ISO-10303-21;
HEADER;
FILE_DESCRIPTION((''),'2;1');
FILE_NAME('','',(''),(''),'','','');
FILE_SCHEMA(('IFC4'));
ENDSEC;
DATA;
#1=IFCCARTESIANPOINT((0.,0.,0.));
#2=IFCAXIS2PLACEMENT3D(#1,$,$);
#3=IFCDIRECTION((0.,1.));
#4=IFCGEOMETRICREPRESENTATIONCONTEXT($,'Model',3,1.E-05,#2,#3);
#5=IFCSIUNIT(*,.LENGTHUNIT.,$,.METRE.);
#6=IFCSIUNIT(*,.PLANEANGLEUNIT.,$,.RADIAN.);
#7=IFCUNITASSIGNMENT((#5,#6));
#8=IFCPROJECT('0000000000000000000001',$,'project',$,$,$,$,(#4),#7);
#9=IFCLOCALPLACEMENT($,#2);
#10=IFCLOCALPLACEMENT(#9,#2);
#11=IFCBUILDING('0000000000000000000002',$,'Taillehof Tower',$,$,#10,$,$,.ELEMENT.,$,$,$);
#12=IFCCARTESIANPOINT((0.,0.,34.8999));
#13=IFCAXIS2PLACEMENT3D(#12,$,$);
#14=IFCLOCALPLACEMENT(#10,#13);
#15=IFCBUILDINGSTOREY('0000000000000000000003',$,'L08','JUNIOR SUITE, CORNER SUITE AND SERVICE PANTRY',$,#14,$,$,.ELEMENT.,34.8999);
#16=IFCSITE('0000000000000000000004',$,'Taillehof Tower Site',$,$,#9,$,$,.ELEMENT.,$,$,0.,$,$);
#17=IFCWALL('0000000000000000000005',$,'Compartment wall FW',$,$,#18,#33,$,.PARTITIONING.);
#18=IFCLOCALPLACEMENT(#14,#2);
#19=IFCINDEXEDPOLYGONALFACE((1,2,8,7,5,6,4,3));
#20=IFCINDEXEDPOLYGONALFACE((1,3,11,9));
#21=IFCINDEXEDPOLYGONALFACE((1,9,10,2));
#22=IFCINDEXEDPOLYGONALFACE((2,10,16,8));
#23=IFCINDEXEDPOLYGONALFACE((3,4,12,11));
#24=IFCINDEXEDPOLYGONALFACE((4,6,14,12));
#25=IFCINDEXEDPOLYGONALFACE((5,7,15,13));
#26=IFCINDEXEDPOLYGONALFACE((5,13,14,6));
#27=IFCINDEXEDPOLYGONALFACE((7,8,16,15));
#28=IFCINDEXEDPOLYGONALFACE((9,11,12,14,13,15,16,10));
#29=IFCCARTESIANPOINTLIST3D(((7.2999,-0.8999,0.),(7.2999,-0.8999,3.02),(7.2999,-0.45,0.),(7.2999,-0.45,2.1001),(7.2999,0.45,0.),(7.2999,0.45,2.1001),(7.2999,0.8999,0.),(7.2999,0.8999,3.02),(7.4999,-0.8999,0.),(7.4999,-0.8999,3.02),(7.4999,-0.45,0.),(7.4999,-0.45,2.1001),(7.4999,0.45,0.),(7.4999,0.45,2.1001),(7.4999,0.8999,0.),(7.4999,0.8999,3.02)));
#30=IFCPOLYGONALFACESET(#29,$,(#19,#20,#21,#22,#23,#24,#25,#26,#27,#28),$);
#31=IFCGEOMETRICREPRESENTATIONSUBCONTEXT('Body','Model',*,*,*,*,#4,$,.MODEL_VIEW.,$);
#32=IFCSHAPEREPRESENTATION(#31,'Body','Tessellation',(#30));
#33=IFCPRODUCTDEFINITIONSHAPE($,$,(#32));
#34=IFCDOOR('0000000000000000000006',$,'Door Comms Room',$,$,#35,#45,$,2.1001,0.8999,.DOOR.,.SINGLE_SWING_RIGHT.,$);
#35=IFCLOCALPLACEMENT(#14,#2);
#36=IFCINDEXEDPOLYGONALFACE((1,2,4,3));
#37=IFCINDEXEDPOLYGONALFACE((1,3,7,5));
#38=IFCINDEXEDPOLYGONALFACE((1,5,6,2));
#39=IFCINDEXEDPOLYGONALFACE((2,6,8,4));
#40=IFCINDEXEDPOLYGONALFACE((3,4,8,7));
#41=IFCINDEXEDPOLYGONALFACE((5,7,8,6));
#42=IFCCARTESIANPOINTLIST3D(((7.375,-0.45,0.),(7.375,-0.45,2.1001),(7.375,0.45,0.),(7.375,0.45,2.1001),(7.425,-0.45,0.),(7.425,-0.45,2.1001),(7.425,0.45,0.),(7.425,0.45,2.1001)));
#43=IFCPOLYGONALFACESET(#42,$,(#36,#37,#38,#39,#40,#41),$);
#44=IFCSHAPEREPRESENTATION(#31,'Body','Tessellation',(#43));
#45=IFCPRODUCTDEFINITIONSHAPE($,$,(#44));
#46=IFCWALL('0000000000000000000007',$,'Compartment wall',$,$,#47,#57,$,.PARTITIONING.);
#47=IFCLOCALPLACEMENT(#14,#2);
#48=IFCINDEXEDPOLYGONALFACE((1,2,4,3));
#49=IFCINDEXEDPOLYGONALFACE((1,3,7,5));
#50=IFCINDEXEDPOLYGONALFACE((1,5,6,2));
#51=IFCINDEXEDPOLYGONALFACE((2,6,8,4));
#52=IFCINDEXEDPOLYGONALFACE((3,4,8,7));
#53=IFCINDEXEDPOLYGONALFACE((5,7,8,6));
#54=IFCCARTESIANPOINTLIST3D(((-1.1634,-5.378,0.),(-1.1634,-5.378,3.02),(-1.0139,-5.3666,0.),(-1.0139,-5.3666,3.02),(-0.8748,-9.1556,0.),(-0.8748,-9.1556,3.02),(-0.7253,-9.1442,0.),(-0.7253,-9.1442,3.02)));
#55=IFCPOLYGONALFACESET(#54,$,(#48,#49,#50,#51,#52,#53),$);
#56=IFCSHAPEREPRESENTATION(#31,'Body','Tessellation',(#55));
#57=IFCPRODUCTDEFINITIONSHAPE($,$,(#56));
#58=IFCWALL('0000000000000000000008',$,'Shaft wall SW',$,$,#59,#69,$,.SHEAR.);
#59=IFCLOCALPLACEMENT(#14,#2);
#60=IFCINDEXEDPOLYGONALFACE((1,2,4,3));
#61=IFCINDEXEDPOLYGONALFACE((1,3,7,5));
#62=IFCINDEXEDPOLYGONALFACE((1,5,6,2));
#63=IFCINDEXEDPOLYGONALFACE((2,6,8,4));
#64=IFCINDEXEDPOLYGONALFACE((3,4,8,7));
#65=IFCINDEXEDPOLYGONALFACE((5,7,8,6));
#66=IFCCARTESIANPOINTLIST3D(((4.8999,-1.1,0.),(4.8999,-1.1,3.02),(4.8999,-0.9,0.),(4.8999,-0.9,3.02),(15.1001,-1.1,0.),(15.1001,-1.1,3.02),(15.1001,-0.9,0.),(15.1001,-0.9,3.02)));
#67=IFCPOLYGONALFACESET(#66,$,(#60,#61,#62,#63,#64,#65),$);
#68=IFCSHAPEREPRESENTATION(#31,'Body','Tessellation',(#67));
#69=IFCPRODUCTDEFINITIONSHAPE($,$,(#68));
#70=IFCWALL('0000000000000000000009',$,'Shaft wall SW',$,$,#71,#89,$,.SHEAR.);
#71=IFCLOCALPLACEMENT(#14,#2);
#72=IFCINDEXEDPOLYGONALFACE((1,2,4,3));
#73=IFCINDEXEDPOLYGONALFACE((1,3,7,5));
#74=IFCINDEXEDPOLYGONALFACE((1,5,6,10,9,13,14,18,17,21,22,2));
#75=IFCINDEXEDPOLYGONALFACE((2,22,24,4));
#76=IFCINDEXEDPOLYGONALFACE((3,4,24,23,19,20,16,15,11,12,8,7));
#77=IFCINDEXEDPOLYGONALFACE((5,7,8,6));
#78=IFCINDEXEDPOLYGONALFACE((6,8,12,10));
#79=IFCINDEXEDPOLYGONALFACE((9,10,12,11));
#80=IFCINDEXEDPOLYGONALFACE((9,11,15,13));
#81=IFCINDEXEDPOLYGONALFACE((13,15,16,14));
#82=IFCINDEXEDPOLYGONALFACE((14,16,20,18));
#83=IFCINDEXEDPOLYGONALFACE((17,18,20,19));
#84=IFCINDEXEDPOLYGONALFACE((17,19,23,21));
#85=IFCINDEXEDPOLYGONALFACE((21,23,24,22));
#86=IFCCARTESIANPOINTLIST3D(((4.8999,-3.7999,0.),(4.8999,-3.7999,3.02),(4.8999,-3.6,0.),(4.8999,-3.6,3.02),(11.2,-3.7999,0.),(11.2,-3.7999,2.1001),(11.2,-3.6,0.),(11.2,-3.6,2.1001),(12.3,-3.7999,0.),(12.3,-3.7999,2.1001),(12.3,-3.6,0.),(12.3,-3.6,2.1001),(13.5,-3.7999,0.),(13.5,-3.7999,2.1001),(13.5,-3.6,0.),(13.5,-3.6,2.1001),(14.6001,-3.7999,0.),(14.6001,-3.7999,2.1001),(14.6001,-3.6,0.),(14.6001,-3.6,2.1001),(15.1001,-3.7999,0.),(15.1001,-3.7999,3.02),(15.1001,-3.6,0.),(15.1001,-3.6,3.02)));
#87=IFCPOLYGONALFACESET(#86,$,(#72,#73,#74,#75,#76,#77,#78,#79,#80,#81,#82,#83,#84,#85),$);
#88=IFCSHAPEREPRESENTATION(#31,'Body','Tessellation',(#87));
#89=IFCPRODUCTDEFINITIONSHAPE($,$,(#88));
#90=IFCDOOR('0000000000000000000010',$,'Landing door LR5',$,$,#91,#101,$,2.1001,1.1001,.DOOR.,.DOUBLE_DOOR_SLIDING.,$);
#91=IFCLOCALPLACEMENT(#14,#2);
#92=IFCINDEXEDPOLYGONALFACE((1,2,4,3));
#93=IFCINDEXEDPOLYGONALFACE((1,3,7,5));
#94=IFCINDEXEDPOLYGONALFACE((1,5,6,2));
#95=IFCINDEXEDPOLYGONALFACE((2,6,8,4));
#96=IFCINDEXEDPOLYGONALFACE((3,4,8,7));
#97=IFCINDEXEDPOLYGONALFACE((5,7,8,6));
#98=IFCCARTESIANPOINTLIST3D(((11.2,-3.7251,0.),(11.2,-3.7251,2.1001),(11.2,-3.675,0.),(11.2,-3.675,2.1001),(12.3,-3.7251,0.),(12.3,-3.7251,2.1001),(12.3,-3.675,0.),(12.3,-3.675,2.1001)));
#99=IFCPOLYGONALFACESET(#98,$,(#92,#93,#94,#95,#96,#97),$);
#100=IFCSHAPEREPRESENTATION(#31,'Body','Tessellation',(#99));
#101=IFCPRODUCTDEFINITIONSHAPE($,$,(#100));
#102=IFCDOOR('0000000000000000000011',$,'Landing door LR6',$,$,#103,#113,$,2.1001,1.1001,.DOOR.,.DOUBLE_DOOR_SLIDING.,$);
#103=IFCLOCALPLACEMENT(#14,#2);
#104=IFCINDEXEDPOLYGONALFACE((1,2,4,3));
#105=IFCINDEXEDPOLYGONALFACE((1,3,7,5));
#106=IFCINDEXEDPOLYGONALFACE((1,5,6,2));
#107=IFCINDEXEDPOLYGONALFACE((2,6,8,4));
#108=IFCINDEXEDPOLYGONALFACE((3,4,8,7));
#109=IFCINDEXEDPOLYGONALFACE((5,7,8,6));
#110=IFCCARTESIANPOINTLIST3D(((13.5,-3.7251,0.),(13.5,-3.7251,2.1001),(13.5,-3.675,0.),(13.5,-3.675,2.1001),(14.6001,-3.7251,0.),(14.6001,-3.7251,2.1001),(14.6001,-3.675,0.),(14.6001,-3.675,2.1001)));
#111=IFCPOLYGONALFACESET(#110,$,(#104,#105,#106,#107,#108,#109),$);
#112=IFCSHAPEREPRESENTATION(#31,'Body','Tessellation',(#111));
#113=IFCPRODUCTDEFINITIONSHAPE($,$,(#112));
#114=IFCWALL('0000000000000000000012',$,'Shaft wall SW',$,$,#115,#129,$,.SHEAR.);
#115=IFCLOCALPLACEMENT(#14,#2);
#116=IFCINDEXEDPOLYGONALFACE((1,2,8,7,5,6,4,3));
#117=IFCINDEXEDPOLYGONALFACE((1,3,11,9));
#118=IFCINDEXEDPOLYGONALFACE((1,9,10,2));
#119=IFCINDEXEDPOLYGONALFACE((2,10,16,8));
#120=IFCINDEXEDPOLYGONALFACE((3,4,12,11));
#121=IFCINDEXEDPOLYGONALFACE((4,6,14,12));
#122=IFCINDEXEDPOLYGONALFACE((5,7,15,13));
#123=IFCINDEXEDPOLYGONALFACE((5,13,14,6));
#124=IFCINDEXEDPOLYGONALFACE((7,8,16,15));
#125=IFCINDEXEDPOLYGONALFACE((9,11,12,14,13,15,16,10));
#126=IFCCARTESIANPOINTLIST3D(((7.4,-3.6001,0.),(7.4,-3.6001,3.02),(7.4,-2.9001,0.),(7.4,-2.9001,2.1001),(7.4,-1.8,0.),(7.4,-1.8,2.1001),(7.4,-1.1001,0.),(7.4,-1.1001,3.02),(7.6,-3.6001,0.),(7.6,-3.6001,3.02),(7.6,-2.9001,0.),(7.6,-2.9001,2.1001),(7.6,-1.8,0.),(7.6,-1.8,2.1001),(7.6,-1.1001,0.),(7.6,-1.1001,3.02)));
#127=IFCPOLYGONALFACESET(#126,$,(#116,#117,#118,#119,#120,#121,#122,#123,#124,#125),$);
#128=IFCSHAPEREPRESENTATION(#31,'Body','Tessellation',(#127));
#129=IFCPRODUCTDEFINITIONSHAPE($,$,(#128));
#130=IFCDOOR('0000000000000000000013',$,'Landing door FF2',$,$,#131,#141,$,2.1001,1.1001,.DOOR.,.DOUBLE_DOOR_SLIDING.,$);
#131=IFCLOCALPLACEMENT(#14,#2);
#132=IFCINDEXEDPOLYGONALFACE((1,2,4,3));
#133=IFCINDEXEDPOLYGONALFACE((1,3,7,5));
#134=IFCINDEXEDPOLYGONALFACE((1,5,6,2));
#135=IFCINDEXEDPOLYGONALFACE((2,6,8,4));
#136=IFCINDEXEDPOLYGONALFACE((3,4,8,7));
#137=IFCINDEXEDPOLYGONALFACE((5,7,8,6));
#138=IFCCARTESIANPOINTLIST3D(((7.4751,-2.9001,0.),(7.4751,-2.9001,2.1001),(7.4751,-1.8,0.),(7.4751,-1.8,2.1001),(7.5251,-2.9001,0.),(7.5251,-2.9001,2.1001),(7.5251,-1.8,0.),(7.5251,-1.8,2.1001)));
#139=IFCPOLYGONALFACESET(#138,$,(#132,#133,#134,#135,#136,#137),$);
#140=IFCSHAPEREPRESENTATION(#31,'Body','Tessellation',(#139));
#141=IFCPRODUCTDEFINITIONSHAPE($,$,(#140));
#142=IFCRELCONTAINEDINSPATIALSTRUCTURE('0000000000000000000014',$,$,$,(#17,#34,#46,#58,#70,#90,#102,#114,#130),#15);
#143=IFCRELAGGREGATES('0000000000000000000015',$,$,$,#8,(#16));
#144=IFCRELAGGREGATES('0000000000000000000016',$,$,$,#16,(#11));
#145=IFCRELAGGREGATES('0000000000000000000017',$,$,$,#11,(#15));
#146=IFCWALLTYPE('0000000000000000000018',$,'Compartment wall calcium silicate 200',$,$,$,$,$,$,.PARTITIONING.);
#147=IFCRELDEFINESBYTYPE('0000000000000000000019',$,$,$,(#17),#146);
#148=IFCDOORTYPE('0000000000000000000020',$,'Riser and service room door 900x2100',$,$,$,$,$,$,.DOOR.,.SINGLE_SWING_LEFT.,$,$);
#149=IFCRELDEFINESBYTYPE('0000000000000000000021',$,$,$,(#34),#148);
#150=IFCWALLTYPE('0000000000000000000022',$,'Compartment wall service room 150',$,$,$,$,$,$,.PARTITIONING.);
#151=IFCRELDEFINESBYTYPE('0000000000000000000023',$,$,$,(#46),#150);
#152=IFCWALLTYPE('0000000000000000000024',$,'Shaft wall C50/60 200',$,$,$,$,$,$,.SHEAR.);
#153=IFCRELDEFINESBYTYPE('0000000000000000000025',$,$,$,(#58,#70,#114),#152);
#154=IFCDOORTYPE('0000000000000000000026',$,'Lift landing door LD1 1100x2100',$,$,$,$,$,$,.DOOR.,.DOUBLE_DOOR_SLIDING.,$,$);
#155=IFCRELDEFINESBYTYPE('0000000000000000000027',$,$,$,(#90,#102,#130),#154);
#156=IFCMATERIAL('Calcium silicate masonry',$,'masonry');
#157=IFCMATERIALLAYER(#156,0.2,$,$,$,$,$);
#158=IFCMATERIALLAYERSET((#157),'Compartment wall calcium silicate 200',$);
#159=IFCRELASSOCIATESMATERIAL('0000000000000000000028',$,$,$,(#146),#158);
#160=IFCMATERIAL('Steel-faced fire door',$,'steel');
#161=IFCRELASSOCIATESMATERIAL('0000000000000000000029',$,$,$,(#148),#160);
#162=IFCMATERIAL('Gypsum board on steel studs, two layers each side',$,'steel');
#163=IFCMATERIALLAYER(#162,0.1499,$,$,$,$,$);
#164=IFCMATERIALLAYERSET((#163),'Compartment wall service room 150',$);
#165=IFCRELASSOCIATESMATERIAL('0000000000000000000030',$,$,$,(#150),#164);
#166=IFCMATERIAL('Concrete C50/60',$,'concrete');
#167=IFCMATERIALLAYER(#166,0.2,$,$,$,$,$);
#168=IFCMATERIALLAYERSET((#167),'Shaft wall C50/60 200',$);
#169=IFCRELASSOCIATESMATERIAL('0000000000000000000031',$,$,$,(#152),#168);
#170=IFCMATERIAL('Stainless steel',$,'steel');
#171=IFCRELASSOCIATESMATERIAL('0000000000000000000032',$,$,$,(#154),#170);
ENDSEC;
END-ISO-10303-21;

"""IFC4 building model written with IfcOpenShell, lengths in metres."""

from ifc_helpers import new_model, si_unit, direction, frame, frame_2d, origin, place, context, subcontext, project, spatial, rectangle, extrude, material, layer, layer_set, type_object, element, fill, save


model = new_model("IFC4")

# Units and contexts
model_context = context("Model", 3, precision=1e-05, world=origin(), true_north=direction((0.0, 1.0)))
body_context = subcontext(model_context, "Body", "Model", "MODEL_VIEW")
ifc_project = project(units=[si_unit("LENGTHUNIT", "METRE"), si_unit("PLANEANGLEUNIT", "RADIAN")], contexts=[model_context])

# Site, building, storey
site_placement = place(None, origin())
site = spatial("IfcSite", under=ifc_project, at=site_placement, Name="Taillehof Tower Site", CompositionType="ELEMENT", RefElevation=0.0)
building_placement = place(site_placement, origin())
building = spatial("IfcBuilding", under=site, at=building_placement, Name="Taillehof Tower", CompositionType="ELEMENT")
storey_placement = place(building_placement, frame((0.0, 0.0, 34.8999)))
storey = spatial("IfcBuildingStorey", under=building, at=storey_placement, Name="L08", Description="JUNIOR SUITE, CORNER SUITE AND SERVICE PANTRY", CompositionType="ELEMENT", Elevation=34.8999)

# Wall, opening, door
ifc_material_1 = material(Name="Calcium silicate masonry", Category="masonry")
ifc_layer_1 = layer(ifc_material_1, 0.2)
ifc_layer_set_1 = layer_set([ifc_layer_1], Name="Compartment wall calcium silicate 200")
wall_type_1 = type_object("IfcWallType", Name="Compartment wall calcium silicate 200", PredefinedType="PARTITIONING", material=ifc_layer_set_1)
wall_1_placement = place(storey_placement, frame((7.3999, -0.8999, 0.0), z_axis=(0.0, 0.0, 1.0), x_axis=(0.0, 1.0, 0.0)))
wall_1 = element("IfcWall", 1, at=wall_1_placement, inside=storey, type_object=wall_type_1, Name="Compartment wall FW", PredefinedType="PARTITIONING", context=body_context, shape_type="SweptSolid", body=[
    extrude(rectangle(XDim=1.7998, YDim=0.2, at=frame_2d((0.8999, 0.0))), origin(), (0.0, 0.0, 1.0), 3.02),
])
opening_1_placement = place(wall_1_placement, frame((0.45, 0.0, 0.0)))
opening_1 = element("IfcOpeningElement", 2, at=opening_1_placement, cuts=wall_1, PredefinedType="OPENING", context=body_context, shape_type="SweptSolid", body=[
    extrude(rectangle(XDim=0.8999, YDim=2.1001, at=frame_2d((0.45, 1.05))), frame((0.0, 0.1099, 0.0), z_axis=(0.0, -1.0, 0.0), x_axis=(1.0, 0.0, 0.0)), (0.0, 0.0, 1.0), 0.22),
])
ifc_material_2 = material(Name="Steel-faced fire door", Category="steel")
door_type_1 = type_object("IfcDoorType", Name="Riser and service room door 900x2100", OperationType="SINGLE_SWING_LEFT", PredefinedType="DOOR", material=ifc_material_2)
door_1_placement = place(opening_1_placement, origin())
door_1 = element("IfcDoor", 3, at=door_1_placement, inside=storey, type_object=door_type_1, Name="Door Comms Room", OperationType="SINGLE_SWING_RIGHT", OverallHeight=2.1001, OverallWidth=0.8999, PredefinedType="DOOR", context=body_context, shape_type="SweptSolid", body=[
    extrude(rectangle(XDim=0.8999, YDim=2.1001, at=frame_2d((0.45, 1.05))), frame((0.0, 0.0249, 0.0), z_axis=(0.0, -1.0, 0.0), x_axis=(1.0, 0.0, 0.0)), (0.0, 0.0, 1.0), 0.05),
])
fill(opening_1, door_1)

# Walls
ifc_material_3 = material(Name="Gypsum board on steel studs, two layers each side", Category="steel")
ifc_layer_2 = layer(ifc_material_3, 0.1499)
ifc_layer_set_2 = layer_set([ifc_layer_2], Name="Compartment wall service room 150")
wall_type_2 = type_object("IfcWallType", Name="Compartment wall service room 150", PredefinedType="PARTITIONING", material=ifc_layer_set_2)
wall_2_placement = place(storey_placement, frame((-1.0886, -5.3723, 0.0), z_axis=(0.0, 0.0, 1.0), x_axis=(0.076169, -0.997095, 0.0)))
element("IfcWall", 4, at=wall_2_placement, inside=storey, type_object=wall_type_2, Name="Compartment wall", PredefinedType="PARTITIONING", context=body_context, shape_type="SweptSolid", body=[
    extrude(rectangle(XDim=3.7886, YDim=0.1499, at=frame_2d((1.8943, 0.0))), origin(), (0.0, 0.0, 1.0), 3.02),
])
ifc_material_4 = material(Name="Concrete C50/60", Category="concrete")
ifc_layer_3 = layer(ifc_material_4, 0.2)
ifc_layer_set_3 = layer_set([ifc_layer_3], Name="Shaft wall C50/60 200")
wall_type_3 = type_object("IfcWallType", Name="Shaft wall C50/60 200", PredefinedType="SHEAR", material=ifc_layer_set_3)
wall_3_placement = place(storey_placement, frame((4.8999, -1.0, 0.0), z_axis=(0.0, 0.0, 1.0), x_axis=(1.0, 0.0, 0.0)))
element("IfcWall", 5, at=wall_3_placement, inside=storey, type_object=wall_type_3, Name="Shaft wall SW", PredefinedType="SHEAR", context=body_context, shape_type="SweptSolid", body=[
    extrude(rectangle(XDim=10.2002, YDim=0.2, at=frame_2d((5.1001, 0.0))), origin(), (0.0, 0.0, 1.0), 3.02),
])

# Wall, openings, doors
wall_4_placement = place(storey_placement, frame((4.8999, -3.7, 0.0), z_axis=(0.0, 0.0, 1.0), x_axis=(1.0, 0.0, 0.0)))
wall_4 = element("IfcWall", 6, at=wall_4_placement, inside=storey, type_object=wall_type_3, Name="Shaft wall SW", PredefinedType="SHEAR", context=body_context, shape_type="SweptSolid", body=[
    extrude(rectangle(XDim=10.2002, YDim=0.2, at=frame_2d((5.1001, 0.0))), origin(), (0.0, 0.0, 1.0), 3.02),
])
opening_2_placement = place(wall_4_placement, frame((6.3, 0.0, 0.0)))
opening_2 = element("IfcOpeningElement", 7, at=opening_2_placement, cuts=wall_4, PredefinedType="OPENING", context=body_context, shape_type="SweptSolid", body=[
    extrude(rectangle(XDim=1.1001, YDim=2.1001, at=frame_2d((0.55, 1.05))), frame((0.0, 0.1099, 0.0), z_axis=(0.0, -1.0, 0.0), x_axis=(1.0, 0.0, 0.0)), (0.0, 0.0, 1.0), 0.22),
])
opening_3_placement = place(wall_4_placement, frame((8.6001, 0.0, 0.0)))
opening_3 = element("IfcOpeningElement", 8, at=opening_3_placement, cuts=wall_4, PredefinedType="OPENING", context=body_context, shape_type="SweptSolid", body=[
    extrude(rectangle(XDim=1.1001, YDim=2.1001, at=frame_2d((0.55, 1.05))), frame((0.0, 0.1099, 0.0), z_axis=(0.0, -1.0, 0.0), x_axis=(1.0, 0.0, 0.0)), (0.0, 0.0, 1.0), 0.22),
])
ifc_material_5 = material(Name="Stainless steel", Category="steel")
door_type_2 = type_object("IfcDoorType", Name="Lift landing door LD1 1100x2100", OperationType="DOUBLE_DOOR_SLIDING", PredefinedType="DOOR", material=ifc_material_5)
door_2_placement = place(opening_2_placement, origin())
door_2 = element("IfcDoor", 9, at=door_2_placement, inside=storey, type_object=door_type_2, Name="Landing door LR5", OperationType="DOUBLE_DOOR_SLIDING", OverallHeight=2.1001, OverallWidth=1.1001, PredefinedType="DOOR", context=body_context, shape_type="SweptSolid", body=[
    extrude(rectangle(XDim=1.1001, YDim=2.1001, at=frame_2d((0.55, 1.05))), frame((0.0, 0.0249, 0.0), z_axis=(0.0, -1.0, 0.0), x_axis=(1.0, 0.0, 0.0)), (0.0, 0.0, 1.0), 0.05),
])
fill(opening_2, door_2)
door_3_placement = place(opening_3_placement, origin())
door_3 = element("IfcDoor", 10, at=door_3_placement, inside=storey, type_object=door_type_2, Name="Landing door LR6", OperationType="DOUBLE_DOOR_SLIDING", OverallHeight=2.1001, OverallWidth=1.1001, PredefinedType="DOOR", context=body_context, shape_type="SweptSolid", body=[
    extrude(rectangle(XDim=1.1001, YDim=2.1001, at=frame_2d((0.55, 1.05))), frame((0.0, 0.0249, 0.0), z_axis=(0.0, -1.0, 0.0), x_axis=(1.0, 0.0, 0.0)), (0.0, 0.0, 1.0), 0.05),
])
fill(opening_3, door_3)

# Wall, opening, door
wall_5_placement = place(storey_placement, frame((7.5, -3.6001, 0.0), z_axis=(0.0, 0.0, 1.0), x_axis=(0.0, 1.0, 0.0)))
wall_5 = element("IfcWall", 11, at=wall_5_placement, inside=storey, type_object=wall_type_3, Name="Shaft wall SW", PredefinedType="SHEAR", context=body_context, shape_type="SweptSolid", body=[
    extrude(rectangle(XDim=2.5, YDim=0.2, at=frame_2d((1.25, 0.0))), origin(), (0.0, 0.0, 1.0), 3.02),
])
opening_4_placement = place(wall_5_placement, frame((0.7, 0.0, 0.0)))
opening_4 = element("IfcOpeningElement", 12, at=opening_4_placement, cuts=wall_5, PredefinedType="OPENING", context=body_context, shape_type="SweptSolid", body=[
    extrude(rectangle(XDim=1.1001, YDim=2.1001, at=frame_2d((0.55, 1.05))), frame((0.0, 0.1099, 0.0), z_axis=(0.0, -1.0, 0.0), x_axis=(1.0, 0.0, 0.0)), (0.0, 0.0, 1.0), 0.22),
])
door_4_placement = place(opening_4_placement, origin())
door_4 = element("IfcDoor", 13, at=door_4_placement, inside=storey, type_object=door_type_2, Name="Landing door FF2", OperationType="DOUBLE_DOOR_SLIDING", OverallHeight=2.1001, OverallWidth=1.1001, PredefinedType="DOOR", context=body_context, shape_type="SweptSolid", body=[
    extrude(rectangle(XDim=1.1001, YDim=2.1001, at=frame_2d((0.55, 1.05))), frame((0.0, 0.0249, 0.0), z_axis=(0.0, -1.0, 0.0), x_axis=(1.0, 0.0, 0.0)), (0.0, 0.0, 1.0), 0.05),
])
fill(opening_4, door_4)

save(model, "model.ifc")
